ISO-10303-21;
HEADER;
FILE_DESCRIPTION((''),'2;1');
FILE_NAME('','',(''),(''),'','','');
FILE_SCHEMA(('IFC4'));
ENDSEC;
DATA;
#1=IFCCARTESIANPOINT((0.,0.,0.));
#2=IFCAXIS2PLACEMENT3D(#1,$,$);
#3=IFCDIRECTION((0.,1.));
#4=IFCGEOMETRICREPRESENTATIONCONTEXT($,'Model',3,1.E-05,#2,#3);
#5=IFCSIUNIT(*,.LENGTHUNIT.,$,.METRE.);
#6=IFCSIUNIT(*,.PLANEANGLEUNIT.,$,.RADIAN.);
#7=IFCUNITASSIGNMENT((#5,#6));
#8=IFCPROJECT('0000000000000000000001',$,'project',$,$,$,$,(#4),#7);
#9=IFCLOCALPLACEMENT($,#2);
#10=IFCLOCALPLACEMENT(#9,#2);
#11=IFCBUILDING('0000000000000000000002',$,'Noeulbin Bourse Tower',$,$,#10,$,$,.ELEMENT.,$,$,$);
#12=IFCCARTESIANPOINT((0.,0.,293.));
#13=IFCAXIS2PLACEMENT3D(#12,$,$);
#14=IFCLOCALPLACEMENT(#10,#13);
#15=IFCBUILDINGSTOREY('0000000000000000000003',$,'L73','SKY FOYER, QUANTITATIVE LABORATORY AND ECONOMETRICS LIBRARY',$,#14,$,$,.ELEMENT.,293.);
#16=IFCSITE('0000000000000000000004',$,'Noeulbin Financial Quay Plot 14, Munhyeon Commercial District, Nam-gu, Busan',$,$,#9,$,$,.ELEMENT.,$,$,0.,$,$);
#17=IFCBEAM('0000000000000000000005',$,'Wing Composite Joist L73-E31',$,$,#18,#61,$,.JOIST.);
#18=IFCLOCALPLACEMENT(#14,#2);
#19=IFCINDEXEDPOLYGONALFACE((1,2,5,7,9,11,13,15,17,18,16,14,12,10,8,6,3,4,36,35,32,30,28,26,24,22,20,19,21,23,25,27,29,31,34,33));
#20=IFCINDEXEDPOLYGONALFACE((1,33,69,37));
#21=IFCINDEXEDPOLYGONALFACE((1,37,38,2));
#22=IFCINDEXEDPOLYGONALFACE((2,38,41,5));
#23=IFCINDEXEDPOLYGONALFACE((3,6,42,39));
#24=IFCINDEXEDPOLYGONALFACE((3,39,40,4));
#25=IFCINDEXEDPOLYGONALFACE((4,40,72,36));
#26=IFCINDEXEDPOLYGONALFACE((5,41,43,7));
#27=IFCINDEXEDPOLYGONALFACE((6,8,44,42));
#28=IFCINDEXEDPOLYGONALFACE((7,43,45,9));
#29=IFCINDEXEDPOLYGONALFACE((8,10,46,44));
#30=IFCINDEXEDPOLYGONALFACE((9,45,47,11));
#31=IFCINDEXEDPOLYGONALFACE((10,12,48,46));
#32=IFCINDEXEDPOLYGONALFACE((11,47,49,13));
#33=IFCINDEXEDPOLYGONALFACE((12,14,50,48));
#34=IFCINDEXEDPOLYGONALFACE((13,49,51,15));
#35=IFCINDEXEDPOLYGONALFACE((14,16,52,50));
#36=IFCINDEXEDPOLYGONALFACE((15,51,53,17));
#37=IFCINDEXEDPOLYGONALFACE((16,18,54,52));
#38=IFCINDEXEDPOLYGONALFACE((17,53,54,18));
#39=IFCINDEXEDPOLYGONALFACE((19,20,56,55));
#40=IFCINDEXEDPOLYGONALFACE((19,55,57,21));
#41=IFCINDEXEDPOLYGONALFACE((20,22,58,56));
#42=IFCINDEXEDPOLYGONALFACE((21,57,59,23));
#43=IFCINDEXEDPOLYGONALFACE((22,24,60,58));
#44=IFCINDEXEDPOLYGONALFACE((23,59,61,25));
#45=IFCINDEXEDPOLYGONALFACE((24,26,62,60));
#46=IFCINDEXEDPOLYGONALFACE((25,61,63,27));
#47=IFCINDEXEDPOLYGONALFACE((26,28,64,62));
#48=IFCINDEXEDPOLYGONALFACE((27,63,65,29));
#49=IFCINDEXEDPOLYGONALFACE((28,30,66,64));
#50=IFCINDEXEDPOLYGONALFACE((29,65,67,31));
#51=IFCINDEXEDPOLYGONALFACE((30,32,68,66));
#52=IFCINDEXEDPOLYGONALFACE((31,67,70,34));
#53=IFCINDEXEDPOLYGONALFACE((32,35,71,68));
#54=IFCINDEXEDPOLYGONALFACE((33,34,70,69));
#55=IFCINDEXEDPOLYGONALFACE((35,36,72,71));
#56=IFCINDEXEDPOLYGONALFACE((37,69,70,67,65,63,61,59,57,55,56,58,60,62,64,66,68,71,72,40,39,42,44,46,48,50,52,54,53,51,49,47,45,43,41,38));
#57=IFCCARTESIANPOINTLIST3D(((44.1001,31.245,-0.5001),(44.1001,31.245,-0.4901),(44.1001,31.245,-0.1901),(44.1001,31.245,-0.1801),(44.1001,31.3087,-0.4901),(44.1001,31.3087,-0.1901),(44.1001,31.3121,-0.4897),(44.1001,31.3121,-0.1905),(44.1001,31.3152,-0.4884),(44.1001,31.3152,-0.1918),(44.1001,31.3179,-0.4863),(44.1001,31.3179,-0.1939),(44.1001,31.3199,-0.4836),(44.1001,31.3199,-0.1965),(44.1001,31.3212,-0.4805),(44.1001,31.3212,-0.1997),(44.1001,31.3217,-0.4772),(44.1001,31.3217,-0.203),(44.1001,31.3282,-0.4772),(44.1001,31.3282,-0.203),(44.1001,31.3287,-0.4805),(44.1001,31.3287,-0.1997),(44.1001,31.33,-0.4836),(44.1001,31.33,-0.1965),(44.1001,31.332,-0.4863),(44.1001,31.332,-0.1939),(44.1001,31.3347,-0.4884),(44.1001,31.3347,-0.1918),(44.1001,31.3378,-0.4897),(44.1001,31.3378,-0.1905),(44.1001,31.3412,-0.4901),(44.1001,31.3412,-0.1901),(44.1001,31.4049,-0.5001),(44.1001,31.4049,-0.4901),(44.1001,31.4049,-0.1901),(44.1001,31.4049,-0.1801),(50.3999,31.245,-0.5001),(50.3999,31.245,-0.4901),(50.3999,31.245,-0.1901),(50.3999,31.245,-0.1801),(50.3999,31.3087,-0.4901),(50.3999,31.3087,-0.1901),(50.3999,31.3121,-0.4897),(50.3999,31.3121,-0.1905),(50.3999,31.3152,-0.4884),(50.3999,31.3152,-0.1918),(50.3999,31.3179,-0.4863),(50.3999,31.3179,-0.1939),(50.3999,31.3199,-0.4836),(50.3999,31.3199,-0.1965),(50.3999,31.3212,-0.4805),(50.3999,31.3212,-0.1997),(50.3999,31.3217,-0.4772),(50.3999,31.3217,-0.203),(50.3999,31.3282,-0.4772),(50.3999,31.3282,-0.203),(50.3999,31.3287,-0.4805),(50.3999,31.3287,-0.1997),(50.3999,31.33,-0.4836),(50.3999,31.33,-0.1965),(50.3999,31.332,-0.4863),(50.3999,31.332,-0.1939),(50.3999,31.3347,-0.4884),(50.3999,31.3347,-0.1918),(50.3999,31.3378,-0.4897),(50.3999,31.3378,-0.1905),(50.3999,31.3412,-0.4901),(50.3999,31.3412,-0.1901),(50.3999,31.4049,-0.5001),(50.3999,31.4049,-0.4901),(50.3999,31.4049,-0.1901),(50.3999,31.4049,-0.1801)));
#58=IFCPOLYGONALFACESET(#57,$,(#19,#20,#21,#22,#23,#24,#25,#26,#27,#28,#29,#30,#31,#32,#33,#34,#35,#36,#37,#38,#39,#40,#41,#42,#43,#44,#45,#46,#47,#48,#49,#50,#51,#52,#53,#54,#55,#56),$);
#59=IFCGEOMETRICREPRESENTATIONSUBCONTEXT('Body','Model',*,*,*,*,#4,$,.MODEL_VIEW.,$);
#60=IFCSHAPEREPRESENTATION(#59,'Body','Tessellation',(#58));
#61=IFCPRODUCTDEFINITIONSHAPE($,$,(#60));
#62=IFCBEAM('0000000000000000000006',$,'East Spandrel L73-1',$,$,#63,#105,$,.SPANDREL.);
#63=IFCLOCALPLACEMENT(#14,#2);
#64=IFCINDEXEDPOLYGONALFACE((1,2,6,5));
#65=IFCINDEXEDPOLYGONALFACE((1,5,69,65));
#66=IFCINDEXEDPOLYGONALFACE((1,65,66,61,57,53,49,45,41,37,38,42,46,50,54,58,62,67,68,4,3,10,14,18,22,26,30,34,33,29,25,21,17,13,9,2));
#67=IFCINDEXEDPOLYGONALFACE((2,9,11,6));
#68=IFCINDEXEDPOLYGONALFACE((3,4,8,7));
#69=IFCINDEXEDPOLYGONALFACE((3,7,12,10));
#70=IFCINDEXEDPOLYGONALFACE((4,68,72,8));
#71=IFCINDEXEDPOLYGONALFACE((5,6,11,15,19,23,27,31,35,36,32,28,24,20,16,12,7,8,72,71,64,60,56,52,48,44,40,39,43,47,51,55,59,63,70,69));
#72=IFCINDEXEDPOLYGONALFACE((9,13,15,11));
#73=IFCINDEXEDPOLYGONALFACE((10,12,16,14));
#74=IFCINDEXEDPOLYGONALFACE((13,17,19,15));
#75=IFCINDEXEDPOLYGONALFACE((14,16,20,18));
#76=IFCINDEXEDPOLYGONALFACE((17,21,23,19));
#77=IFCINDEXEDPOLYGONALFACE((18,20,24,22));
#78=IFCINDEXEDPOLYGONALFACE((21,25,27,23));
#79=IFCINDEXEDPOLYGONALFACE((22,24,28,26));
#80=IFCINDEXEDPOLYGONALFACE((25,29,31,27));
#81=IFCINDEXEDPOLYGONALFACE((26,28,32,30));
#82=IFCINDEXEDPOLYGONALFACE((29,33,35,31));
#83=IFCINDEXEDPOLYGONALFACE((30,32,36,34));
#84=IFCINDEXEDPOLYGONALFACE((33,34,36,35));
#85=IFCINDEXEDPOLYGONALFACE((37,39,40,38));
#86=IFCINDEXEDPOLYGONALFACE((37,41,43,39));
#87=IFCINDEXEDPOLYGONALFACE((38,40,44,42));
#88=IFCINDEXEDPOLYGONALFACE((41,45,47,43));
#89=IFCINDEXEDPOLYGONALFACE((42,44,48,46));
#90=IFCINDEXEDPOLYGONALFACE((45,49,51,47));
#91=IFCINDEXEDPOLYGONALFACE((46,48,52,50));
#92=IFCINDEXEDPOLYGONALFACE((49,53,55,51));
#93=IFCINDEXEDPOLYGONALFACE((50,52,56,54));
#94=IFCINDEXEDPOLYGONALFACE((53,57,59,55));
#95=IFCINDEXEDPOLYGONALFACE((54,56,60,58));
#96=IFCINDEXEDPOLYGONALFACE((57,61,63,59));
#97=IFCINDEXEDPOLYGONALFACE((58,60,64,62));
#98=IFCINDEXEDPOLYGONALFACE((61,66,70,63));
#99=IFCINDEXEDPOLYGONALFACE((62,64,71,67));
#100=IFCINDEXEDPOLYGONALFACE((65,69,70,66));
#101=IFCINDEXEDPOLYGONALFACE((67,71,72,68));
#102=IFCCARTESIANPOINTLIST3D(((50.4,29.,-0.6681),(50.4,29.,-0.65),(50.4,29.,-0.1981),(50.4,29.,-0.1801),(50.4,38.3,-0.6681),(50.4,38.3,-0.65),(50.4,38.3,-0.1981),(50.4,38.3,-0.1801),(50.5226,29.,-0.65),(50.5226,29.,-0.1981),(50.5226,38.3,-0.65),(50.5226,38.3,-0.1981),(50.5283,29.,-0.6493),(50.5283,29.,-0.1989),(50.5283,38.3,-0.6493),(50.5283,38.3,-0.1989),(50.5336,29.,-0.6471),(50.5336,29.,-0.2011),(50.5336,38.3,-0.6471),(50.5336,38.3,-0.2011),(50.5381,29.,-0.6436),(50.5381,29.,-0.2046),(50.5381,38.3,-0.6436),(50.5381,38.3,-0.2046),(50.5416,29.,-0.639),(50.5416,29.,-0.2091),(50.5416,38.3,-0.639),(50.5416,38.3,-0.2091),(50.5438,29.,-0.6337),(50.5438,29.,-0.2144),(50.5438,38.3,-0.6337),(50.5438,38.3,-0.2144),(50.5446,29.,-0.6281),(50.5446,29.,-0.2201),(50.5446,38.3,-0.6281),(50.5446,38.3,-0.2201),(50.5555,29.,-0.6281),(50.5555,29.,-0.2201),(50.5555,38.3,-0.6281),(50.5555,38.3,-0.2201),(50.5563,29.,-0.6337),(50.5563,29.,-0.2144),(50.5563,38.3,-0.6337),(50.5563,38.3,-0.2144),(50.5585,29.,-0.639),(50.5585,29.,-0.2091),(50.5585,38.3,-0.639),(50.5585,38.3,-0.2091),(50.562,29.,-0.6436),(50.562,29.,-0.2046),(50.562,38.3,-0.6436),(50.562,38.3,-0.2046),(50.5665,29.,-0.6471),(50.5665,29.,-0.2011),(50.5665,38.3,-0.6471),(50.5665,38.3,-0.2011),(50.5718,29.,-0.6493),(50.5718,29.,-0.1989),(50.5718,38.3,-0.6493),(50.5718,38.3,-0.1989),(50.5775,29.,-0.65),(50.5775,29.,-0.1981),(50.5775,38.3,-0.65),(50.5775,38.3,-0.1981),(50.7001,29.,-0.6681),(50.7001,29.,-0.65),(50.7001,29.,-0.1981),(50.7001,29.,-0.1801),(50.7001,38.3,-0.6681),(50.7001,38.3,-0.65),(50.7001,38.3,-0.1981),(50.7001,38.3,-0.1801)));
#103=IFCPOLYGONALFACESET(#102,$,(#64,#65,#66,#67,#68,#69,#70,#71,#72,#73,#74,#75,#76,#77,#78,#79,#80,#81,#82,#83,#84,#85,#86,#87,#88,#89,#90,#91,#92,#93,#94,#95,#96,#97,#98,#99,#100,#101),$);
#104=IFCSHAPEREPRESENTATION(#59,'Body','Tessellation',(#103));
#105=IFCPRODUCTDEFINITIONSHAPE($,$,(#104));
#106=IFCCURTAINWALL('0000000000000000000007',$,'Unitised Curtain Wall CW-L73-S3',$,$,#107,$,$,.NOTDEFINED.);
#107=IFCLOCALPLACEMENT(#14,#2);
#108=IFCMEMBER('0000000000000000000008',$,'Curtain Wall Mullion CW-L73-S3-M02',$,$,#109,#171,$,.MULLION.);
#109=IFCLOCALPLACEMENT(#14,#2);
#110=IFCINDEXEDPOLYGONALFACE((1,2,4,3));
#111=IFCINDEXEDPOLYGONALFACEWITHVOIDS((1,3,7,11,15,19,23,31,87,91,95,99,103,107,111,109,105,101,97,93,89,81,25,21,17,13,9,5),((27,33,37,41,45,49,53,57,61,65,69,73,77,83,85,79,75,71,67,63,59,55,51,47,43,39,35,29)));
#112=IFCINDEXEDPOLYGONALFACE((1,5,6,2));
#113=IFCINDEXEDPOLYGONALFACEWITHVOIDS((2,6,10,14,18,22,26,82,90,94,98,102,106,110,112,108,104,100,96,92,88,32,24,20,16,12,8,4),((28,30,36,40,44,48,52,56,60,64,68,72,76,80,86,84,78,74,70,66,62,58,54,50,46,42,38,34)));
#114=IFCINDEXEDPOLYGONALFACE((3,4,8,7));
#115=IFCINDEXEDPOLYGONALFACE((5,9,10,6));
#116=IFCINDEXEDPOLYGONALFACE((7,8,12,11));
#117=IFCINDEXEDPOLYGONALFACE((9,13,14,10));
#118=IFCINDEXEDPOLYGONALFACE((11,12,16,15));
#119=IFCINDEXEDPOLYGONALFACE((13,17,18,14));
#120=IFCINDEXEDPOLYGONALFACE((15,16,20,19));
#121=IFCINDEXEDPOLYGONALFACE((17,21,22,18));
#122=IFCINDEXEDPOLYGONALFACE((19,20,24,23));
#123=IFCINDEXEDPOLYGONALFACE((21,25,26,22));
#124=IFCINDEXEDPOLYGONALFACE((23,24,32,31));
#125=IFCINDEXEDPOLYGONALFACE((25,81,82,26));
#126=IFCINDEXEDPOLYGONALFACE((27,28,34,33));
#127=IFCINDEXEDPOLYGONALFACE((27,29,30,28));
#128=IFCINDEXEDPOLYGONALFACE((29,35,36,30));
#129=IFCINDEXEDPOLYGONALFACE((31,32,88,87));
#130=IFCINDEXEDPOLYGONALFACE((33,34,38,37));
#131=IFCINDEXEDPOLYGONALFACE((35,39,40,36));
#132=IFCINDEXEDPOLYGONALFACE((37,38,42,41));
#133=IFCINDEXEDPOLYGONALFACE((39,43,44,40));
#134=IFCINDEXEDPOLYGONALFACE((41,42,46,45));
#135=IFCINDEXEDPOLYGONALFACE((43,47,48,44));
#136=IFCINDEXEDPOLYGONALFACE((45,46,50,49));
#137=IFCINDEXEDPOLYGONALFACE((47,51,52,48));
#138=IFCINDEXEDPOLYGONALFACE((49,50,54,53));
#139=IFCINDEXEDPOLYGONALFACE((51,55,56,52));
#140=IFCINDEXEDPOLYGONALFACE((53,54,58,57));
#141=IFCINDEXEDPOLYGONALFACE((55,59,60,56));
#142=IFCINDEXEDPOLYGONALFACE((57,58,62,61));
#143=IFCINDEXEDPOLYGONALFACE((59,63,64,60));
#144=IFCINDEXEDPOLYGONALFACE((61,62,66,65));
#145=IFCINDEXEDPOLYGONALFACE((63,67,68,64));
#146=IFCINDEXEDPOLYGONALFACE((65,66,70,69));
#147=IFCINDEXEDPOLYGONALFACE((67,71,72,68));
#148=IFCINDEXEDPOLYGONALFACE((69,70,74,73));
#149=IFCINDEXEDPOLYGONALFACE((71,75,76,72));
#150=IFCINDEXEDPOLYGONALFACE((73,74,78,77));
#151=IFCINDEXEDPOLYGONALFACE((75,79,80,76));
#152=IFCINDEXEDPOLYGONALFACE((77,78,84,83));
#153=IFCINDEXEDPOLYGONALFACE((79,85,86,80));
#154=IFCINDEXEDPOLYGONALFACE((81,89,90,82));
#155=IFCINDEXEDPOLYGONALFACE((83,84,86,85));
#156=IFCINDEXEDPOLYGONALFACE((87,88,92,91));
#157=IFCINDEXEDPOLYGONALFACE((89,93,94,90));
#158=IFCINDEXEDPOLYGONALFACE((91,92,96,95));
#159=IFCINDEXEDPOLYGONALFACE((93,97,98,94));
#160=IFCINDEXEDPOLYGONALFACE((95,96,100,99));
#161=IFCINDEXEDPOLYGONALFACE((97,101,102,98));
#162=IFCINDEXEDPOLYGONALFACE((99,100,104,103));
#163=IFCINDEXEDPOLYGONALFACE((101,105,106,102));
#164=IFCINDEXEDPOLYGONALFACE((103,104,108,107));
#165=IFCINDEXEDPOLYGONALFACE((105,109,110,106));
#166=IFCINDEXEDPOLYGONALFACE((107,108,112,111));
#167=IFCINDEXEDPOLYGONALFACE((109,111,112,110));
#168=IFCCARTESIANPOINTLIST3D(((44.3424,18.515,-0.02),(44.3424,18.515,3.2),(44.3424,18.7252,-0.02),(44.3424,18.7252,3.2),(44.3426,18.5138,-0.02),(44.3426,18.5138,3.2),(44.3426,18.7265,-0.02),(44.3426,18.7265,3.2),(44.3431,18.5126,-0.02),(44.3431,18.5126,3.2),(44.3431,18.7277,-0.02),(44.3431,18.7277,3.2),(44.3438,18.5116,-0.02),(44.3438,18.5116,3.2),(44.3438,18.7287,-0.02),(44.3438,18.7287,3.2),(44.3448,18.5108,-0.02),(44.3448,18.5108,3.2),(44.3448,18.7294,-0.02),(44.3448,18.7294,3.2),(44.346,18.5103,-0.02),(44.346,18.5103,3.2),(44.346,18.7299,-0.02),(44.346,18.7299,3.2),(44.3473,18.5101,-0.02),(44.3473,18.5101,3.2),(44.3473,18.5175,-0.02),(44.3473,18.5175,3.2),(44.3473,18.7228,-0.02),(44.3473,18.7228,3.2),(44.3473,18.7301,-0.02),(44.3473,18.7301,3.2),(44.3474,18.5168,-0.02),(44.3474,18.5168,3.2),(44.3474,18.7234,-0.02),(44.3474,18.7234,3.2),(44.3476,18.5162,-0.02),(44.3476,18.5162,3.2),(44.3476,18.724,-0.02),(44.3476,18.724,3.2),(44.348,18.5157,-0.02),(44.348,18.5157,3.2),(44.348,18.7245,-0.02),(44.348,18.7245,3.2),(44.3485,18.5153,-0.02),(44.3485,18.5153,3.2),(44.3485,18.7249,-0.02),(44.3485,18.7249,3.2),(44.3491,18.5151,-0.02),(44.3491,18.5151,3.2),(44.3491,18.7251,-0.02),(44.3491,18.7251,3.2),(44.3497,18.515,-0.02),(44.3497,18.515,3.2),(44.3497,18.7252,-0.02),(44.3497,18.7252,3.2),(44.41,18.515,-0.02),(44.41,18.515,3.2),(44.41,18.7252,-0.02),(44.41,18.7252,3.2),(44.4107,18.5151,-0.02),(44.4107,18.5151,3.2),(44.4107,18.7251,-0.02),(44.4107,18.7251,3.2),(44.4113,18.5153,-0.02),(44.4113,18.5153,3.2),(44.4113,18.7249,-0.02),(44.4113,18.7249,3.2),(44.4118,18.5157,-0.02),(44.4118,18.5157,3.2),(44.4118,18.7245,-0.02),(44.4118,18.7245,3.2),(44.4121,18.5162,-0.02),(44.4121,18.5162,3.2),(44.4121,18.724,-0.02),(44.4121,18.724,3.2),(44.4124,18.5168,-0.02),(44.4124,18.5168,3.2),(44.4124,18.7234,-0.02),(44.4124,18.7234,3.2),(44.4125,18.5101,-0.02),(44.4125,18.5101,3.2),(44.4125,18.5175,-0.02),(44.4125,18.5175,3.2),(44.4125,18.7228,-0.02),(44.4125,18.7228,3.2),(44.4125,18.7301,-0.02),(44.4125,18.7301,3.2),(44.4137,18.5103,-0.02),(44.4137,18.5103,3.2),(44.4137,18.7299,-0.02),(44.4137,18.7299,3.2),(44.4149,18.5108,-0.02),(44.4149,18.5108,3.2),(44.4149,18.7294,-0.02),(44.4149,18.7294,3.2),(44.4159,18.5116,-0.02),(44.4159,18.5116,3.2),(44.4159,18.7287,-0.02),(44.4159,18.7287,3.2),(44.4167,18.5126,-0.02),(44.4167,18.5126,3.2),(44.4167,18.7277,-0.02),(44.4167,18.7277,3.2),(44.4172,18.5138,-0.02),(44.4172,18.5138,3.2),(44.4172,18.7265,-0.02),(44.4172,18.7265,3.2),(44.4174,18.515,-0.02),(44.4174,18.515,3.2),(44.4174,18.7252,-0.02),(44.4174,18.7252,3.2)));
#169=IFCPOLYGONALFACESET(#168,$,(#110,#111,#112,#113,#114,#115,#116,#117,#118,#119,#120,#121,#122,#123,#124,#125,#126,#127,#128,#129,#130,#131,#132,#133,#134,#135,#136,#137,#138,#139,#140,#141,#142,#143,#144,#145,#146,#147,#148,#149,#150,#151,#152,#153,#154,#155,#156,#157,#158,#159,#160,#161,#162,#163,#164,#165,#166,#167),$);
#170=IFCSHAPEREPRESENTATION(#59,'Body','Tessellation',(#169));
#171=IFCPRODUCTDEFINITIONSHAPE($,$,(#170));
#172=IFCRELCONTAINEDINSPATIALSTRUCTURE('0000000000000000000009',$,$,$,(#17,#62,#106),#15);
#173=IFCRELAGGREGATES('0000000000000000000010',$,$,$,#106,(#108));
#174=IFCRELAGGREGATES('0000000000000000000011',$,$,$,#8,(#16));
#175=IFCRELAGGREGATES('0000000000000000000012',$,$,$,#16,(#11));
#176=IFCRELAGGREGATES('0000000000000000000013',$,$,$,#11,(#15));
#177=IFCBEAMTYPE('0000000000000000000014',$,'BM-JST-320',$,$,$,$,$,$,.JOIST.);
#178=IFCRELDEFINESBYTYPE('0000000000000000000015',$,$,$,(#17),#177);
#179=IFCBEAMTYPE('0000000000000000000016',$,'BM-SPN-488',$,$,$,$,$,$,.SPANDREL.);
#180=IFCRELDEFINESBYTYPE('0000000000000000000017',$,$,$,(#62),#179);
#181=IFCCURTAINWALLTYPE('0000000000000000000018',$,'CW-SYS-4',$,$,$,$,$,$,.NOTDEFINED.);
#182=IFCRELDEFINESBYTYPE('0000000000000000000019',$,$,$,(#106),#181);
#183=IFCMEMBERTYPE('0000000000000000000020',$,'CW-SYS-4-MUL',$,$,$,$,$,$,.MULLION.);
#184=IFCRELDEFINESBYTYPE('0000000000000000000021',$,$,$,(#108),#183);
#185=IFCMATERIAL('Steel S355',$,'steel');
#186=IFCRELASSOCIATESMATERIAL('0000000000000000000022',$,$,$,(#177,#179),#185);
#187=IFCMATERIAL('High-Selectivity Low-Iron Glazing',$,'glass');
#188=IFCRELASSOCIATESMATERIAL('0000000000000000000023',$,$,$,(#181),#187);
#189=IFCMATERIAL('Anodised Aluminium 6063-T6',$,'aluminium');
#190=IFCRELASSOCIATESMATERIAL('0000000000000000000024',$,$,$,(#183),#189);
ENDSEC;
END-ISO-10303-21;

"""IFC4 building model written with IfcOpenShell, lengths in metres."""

from ifc_helpers import new_model, si_unit, direction, frame, origin, origin_2d, place, context, subcontext, project, spatial, hollow_rectangle, i_section, extrude, material, material_profile, profile_set, type_object, element, aggregate, save


model = new_model("IFC4")

# Units and contexts
model_context = context("Model", 3, precision=1e-05, world=origin(), true_north=direction((0.0, 1.0)))
body_context = subcontext(model_context, "Body", "Model", "MODEL_VIEW")
ifc_project = project(units=[si_unit("LENGTHUNIT", "METRE"), si_unit("PLANEANGLEUNIT", "RADIAN")], contexts=[model_context])

# Site, building, storey
site_placement = place(None, origin())
site = spatial("IfcSite", under=ifc_project, at=site_placement, Name="Noeulbin Financial Quay Plot 14, Munhyeon Commercial District, Nam-gu, Busan", CompositionType="ELEMENT", RefElevation=0.0)
building_placement = place(site_placement, origin())
building = spatial("IfcBuilding", under=site, at=building_placement, Name="Noeulbin Bourse Tower", CompositionType="ELEMENT")
storey_placement = place(building_placement, frame((0.0, 0.0, 293.0)))
storey = spatial("IfcBuildingStorey", under=building, at=storey_placement, Name="L73", Description="SKY FOYER, QUANTITATIVE LABORATORY AND ECONOMETRICS LIBRARY", CompositionType="ELEMENT", Elevation=293.0)

# Shared definitions
ifc_material_1 = material(Name="Steel S355", Category="steel")

# Beams
ifc_material_profile_1 = material_profile(ifc_material_1, i_section(OverallWidth=0.1599, OverallDepth=0.3201, WebThickness=0.0066, FlangeThickness=0.01, FilletRadius=0.0129, at=origin_2d()), Name="H-320x160x6.5x10", Category="LoadBearing")
ifc_profile_set_1 = profile_set([ifc_material_profile_1], Name="Steel S355")
beam_type_1 = type_object("IfcBeamType", Name="BM-JST-320", PredefinedType="JOIST", material=ifc_profile_set_1)
beam_1_placement = place(storey_placement, frame((44.1001, 31.325, -0.3401), z_axis=(1.0, 0.0, 0.0), x_axis=(0.0, 1.0, 0.0)))
element("IfcBeam", 1, at=beam_1_placement, inside=storey, type_object=beam_type_1, Name="Wing Composite Joist L73-E31", PredefinedType="JOIST", context=body_context, shape_type="SweptSolid", body=[
    extrude(i_section(OverallWidth=0.1599, OverallDepth=0.3201, WebThickness=0.0066, FlangeThickness=0.01, FilletRadius=0.0129, at=origin_2d()), origin(), (0.0, 0.0, 1.0), 6.2998),
])
ifc_material_profile_2 = material_profile(ifc_material_1, i_section(OverallWidth=0.3, OverallDepth=0.488, WebThickness=0.011, FlangeThickness=0.0181, FilletRadius=0.022, at=origin_2d()), Name="H-488x300x11x18", Category="LoadBearing")
ifc_profile_set_2 = profile_set([ifc_material_profile_2], Name="Steel S355")
beam_type_2 = type_object("IfcBeamType", Name="BM-SPN-488", PredefinedType="SPANDREL", material=ifc_profile_set_2)
beam_2_placement = place(storey_placement, frame((50.55, 29.0, -0.4241), z_axis=(0.0, 1.0, 0.0), x_axis=(-1.0, 0.0, 0.0)))
element("IfcBeam", 2, at=beam_2_placement, inside=storey, type_object=beam_type_2, Name="East Spandrel L73-1", PredefinedType="SPANDREL", context=body_context, shape_type="SweptSolid", body=[
    extrude(i_section(OverallWidth=0.3, OverallDepth=0.488, WebThickness=0.011, FlangeThickness=0.0181, FilletRadius=0.022, at=origin_2d()), origin(), (0.0, 0.0, 1.0), 9.3),
])

# Curtain wall, member
ifc_material_2 = material(Name="High-Selectivity Low-Iron Glazing", Category="glass")
curtain_wall_type = type_object("IfcCurtainWallType", Name="CW-SYS-4", PredefinedType="NOTDEFINED", material=ifc_material_2)
curtain_wall_1_placement = place(storey_placement, origin())
curtain_wall_1 = element("IfcCurtainWall", 3, at=curtain_wall_1_placement, inside=storey, type_object=curtain_wall_type, Name="Unitised Curtain Wall CW-L73-S3", PredefinedType="NOTDEFINED")
ifc_material_3 = material(Name="Anodised Aluminium 6063-T6", Category="aluminium")
ifc_material_profile_3 = material_profile(ifc_material_3, hollow_rectangle(XDim=0.075, YDim=0.22, WallThickness=0.0049, InnerFilletRadius=0.0024, OuterFilletRadius=0.0049, at=origin_2d()), Name="ALU-MULL-75x220x5", Category="LoadBearing")
ifc_profile_set_3 = profile_set([ifc_material_profile_3], Name="Anodised Aluminium 6063-T6")
member_type_1 = type_object("IfcMemberType", Name="CW-SYS-4-MUL", PredefinedType="MULLION", material=ifc_profile_set_3)
member_1_placement = place(storey_placement, frame((44.3799, 18.6201, -0.02), z_axis=(0.0, 0.0, 1.0), x_axis=(1.0, 0.0, 0.0)))
member_1 = element("IfcMember", 4, at=member_1_placement, type_object=member_type_1, Name="Curtain Wall Mullion CW-L73-S3-M02", PredefinedType="MULLION", context=body_context, shape_type="SweptSolid", body=[
    extrude(hollow_rectangle(XDim=0.075, YDim=0.22, WallThickness=0.0049, InnerFilletRadius=0.0024, OuterFilletRadius=0.0049, at=origin_2d()), origin(), (0.0, 0.0, 1.0), 3.22),
])

aggregate(curtain_wall_1, [member_1])

save(model, "model.ifc")
